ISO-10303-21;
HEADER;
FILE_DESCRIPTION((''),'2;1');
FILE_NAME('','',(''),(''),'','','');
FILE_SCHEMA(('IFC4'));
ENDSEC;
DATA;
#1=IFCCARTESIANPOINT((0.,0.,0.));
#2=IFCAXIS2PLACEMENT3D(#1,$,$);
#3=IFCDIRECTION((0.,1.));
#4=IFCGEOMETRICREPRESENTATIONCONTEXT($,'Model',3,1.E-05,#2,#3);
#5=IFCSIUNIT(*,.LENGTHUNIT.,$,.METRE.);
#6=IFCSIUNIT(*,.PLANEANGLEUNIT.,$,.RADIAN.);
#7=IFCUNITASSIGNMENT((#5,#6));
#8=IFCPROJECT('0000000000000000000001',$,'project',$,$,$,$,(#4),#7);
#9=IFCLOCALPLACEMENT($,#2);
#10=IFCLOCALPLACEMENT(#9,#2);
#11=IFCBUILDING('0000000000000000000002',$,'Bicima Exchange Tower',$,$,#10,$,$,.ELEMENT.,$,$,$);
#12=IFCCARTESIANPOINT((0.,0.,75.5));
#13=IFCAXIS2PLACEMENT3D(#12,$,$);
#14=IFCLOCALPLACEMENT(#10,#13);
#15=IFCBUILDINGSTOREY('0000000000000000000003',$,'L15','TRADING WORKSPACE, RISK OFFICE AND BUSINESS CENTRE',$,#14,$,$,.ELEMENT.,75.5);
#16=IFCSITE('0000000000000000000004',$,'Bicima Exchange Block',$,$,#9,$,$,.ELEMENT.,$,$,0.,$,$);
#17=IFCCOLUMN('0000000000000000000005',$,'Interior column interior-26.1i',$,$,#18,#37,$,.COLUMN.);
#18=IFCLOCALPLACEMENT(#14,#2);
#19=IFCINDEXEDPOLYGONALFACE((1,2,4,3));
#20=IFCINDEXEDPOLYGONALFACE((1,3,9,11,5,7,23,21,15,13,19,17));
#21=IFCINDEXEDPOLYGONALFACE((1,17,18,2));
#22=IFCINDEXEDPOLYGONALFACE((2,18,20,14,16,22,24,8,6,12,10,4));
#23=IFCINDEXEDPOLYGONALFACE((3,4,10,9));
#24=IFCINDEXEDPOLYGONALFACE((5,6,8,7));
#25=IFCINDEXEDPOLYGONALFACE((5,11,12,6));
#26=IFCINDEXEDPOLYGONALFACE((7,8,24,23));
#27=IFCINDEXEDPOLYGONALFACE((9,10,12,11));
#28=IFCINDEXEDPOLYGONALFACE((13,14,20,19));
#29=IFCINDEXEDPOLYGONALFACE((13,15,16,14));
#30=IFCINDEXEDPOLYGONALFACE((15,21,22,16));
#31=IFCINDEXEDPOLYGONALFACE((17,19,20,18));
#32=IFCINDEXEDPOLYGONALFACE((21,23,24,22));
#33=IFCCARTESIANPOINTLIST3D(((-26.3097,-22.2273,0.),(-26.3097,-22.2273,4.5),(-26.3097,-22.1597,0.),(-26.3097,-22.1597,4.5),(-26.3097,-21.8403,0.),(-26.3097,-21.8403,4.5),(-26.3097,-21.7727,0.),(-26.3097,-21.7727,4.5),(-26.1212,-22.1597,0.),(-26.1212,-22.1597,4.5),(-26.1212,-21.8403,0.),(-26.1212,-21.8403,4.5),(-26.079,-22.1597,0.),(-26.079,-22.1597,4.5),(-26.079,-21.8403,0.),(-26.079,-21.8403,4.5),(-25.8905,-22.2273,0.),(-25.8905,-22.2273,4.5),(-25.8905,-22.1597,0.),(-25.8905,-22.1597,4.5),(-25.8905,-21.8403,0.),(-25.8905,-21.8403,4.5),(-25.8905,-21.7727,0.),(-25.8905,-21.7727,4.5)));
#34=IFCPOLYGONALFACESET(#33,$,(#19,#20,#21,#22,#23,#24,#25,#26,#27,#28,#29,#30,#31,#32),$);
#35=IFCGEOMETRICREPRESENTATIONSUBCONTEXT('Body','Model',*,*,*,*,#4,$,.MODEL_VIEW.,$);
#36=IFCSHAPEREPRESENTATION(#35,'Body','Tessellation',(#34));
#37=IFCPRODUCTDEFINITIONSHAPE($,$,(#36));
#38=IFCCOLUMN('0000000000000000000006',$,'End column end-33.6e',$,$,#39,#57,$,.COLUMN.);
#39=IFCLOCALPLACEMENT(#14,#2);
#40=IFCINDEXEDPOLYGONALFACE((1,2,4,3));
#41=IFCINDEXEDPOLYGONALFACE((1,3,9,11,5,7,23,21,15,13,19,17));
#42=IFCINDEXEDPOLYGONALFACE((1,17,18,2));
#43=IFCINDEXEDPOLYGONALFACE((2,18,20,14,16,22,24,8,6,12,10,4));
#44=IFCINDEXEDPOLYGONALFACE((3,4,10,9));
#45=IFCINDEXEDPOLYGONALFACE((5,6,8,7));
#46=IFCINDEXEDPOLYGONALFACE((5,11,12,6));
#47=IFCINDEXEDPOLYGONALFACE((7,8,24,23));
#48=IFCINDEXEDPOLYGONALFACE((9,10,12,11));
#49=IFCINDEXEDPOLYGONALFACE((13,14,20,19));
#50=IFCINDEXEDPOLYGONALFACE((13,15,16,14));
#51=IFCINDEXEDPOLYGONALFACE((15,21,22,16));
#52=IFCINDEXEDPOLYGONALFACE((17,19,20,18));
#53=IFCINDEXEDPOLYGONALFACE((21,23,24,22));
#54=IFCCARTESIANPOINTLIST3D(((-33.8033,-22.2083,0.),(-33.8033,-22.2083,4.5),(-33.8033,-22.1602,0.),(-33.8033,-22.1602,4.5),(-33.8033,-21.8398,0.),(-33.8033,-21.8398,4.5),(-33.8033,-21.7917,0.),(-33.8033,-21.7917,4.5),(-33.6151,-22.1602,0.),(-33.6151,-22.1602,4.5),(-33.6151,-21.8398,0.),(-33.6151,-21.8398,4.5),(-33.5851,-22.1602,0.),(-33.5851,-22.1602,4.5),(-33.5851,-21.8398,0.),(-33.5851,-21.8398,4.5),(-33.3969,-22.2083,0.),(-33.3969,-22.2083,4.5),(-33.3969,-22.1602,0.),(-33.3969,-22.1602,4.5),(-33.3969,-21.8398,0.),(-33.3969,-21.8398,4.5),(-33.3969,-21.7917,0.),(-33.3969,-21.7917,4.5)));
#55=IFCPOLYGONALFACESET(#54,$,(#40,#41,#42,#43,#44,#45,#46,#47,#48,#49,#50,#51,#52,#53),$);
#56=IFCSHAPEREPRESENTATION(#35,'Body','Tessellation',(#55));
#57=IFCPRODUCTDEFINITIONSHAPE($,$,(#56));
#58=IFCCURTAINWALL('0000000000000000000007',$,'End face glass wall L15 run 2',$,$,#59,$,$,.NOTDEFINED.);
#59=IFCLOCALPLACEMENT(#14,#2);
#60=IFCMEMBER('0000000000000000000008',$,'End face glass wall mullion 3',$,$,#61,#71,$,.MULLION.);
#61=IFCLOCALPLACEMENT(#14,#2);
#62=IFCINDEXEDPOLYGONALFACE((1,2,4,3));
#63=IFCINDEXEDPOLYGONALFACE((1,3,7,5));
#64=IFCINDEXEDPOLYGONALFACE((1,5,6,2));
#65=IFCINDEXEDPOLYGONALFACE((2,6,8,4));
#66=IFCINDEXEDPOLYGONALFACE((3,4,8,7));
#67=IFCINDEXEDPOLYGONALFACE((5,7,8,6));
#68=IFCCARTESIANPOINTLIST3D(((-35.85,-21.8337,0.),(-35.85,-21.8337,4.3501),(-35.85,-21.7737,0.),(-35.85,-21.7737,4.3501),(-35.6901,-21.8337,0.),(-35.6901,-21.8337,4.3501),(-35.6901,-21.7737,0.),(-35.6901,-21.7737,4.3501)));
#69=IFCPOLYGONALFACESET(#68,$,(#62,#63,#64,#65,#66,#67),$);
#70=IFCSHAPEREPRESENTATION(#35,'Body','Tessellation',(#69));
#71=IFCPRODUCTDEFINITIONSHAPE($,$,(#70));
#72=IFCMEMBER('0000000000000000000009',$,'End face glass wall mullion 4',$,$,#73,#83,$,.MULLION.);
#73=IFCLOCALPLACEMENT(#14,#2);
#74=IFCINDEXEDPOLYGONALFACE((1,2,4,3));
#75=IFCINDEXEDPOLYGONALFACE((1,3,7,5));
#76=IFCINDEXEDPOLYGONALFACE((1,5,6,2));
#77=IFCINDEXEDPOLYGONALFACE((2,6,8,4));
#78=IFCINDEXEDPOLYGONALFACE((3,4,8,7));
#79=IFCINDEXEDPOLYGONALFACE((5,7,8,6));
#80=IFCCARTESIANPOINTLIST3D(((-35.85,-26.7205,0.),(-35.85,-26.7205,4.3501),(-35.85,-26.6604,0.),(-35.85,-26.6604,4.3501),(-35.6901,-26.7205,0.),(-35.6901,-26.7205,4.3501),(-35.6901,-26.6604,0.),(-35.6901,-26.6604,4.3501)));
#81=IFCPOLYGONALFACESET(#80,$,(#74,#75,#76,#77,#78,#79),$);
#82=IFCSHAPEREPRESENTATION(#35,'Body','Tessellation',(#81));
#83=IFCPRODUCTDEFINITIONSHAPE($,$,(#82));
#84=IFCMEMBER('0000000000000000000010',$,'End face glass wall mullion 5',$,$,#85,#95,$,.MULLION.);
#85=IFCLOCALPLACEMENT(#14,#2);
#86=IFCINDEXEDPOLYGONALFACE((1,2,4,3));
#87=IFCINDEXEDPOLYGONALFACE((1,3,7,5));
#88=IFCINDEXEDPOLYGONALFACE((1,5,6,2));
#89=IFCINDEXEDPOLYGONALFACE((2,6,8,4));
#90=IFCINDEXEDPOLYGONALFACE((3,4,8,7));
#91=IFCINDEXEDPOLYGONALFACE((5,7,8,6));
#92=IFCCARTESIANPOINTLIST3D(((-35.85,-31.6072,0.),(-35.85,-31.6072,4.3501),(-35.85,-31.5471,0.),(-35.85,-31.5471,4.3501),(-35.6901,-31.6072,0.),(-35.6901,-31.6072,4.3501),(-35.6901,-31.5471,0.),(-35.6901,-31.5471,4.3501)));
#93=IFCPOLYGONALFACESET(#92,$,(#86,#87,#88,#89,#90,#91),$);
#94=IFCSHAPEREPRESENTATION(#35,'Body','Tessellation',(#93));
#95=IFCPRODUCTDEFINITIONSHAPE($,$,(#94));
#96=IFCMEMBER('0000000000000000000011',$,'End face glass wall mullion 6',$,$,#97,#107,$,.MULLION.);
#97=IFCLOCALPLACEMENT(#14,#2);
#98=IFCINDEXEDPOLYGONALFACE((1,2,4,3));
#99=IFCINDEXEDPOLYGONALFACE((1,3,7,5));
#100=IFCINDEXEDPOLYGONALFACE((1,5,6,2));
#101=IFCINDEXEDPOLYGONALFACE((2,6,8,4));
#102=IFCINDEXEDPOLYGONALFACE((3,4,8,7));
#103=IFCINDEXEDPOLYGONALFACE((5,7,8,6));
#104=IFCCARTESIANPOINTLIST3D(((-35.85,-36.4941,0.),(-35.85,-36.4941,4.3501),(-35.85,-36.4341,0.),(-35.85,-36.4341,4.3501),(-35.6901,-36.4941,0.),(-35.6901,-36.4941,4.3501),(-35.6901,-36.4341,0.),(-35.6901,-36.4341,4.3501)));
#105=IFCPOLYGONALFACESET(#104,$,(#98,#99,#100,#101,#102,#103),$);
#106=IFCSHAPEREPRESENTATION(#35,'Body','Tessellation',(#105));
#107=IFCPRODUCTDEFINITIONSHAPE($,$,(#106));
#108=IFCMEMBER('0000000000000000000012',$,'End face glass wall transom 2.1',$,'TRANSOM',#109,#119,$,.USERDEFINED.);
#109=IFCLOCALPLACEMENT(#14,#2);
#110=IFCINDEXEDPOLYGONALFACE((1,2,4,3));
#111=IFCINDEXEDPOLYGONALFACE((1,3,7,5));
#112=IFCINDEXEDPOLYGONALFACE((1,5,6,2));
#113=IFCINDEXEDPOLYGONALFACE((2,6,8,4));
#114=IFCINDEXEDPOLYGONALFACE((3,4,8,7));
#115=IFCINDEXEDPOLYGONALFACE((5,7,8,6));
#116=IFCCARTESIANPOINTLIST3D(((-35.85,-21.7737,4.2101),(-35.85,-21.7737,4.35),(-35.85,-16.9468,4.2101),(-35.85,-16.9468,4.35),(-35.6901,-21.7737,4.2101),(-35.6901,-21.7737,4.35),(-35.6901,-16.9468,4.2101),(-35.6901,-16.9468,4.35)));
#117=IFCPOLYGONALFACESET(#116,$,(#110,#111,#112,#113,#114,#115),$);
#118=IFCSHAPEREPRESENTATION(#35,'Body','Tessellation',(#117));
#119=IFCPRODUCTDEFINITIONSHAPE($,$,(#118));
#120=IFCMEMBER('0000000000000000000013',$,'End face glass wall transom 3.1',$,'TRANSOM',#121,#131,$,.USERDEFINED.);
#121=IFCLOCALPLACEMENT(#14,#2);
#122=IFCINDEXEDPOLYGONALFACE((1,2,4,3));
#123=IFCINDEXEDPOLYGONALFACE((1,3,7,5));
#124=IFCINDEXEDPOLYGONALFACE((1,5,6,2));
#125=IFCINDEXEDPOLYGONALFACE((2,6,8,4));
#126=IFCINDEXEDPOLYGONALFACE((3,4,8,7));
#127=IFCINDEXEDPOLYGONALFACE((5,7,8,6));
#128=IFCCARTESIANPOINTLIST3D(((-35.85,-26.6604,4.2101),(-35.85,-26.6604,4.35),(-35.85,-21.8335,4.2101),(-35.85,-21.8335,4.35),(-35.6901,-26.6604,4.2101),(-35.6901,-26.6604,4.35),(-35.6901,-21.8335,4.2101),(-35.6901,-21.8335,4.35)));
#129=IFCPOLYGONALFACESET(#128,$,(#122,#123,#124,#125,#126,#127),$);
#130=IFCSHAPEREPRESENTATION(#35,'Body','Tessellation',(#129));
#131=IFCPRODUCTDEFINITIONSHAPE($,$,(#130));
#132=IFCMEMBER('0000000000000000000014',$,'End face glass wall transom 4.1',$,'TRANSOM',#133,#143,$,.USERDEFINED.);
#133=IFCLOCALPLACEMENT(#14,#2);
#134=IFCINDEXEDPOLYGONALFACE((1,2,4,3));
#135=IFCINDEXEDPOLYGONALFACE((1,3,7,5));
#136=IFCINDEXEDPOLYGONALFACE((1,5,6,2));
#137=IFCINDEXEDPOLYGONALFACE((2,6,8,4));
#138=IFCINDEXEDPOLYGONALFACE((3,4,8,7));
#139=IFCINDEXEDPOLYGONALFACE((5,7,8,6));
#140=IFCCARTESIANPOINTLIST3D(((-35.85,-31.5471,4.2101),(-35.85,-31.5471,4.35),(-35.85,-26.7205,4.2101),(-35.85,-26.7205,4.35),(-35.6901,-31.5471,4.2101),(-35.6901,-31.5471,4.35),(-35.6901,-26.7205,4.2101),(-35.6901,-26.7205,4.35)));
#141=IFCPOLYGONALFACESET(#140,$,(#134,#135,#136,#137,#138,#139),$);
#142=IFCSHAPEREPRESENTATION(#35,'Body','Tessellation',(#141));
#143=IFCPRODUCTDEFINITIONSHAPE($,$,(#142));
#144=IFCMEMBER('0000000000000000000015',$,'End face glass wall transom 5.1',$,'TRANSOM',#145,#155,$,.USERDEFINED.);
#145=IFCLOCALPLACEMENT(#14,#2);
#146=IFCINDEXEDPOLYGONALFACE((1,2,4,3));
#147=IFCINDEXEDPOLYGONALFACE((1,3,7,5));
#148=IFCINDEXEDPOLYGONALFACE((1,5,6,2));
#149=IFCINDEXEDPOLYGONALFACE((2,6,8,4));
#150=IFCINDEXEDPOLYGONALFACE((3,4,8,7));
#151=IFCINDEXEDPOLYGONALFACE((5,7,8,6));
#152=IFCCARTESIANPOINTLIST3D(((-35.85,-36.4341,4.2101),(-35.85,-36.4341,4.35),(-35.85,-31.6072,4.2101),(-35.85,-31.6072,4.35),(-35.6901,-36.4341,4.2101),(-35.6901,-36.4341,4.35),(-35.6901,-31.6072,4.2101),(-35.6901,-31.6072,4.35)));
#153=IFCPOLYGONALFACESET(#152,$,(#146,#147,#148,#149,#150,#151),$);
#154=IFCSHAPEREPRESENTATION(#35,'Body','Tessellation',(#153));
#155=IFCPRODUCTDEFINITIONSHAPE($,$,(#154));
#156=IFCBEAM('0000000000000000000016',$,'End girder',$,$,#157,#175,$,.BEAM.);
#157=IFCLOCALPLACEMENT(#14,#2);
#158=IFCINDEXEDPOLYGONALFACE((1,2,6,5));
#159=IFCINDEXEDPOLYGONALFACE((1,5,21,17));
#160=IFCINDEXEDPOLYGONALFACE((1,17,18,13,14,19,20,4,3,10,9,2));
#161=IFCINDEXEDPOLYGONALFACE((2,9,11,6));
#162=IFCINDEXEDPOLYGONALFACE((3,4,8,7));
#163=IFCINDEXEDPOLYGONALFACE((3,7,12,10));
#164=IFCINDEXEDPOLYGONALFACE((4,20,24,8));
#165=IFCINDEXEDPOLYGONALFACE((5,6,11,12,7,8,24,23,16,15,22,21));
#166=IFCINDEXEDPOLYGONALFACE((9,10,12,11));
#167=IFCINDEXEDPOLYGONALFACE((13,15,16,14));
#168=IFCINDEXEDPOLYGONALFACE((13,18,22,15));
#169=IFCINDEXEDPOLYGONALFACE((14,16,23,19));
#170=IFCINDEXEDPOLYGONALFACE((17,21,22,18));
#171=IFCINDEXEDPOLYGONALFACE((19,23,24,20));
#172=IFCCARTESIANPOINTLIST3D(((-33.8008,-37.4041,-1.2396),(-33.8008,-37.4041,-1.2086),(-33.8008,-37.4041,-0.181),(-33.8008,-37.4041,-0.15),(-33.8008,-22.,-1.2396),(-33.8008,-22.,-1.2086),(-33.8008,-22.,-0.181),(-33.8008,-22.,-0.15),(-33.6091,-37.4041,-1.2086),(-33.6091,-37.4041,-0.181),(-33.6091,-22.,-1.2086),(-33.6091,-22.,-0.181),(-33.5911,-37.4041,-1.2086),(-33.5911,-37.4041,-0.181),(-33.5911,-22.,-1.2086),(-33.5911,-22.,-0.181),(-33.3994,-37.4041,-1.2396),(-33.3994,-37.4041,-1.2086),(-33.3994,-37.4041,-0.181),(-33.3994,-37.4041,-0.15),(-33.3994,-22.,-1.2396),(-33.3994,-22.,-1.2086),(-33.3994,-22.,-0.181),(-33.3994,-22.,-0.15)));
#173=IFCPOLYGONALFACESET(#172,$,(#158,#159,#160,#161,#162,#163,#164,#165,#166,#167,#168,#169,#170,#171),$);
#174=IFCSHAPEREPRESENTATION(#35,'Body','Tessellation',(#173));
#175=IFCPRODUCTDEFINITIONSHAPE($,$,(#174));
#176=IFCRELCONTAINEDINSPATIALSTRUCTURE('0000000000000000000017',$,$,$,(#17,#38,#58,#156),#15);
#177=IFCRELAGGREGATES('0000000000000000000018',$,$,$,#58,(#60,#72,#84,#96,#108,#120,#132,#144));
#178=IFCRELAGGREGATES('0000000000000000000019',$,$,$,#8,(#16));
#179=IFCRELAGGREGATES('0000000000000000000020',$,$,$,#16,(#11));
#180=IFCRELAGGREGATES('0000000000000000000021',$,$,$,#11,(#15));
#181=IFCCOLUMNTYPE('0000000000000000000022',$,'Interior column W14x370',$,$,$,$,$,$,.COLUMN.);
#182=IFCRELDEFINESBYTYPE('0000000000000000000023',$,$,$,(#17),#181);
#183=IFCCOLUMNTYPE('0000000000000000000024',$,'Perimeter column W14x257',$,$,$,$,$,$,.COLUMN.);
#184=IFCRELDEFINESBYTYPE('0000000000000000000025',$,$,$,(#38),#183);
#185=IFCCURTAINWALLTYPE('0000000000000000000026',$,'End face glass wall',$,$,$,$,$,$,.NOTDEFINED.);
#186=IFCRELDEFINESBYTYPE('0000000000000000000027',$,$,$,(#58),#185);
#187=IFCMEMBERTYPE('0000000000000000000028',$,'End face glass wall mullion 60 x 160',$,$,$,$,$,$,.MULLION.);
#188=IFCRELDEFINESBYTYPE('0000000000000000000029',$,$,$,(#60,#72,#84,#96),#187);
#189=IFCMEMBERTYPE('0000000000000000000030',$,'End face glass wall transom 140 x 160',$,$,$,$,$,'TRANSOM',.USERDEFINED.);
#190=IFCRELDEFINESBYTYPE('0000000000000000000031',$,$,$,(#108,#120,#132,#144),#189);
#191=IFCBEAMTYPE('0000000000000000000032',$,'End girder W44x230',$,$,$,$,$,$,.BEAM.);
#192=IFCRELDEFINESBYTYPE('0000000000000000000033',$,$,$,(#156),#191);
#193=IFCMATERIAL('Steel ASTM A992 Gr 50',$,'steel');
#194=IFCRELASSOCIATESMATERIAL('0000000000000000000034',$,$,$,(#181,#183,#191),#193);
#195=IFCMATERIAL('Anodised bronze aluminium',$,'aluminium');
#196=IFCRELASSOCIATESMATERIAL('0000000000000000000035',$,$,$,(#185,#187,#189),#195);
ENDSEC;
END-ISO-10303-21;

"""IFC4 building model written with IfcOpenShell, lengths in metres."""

from ifc_helpers import new_model, si_unit, direction, frame, origin, origin_2d, place, context, subcontext, project, spatial, rectangle, i_section, extrude, material, material_profile, profile_set, type_object, element, aggregate, save


model = new_model("IFC4")

# Units and contexts
model_context = context("Model", 3, precision=1e-05, world=origin(), true_north=direction((0.0, 1.0)))
body_context = subcontext(model_context, "Body", "Model", "MODEL_VIEW")
ifc_project = project(units=[si_unit("LENGTHUNIT", "METRE"), si_unit("PLANEANGLEUNIT", "RADIAN")], contexts=[model_context])

# Site, building, storey
site_placement = place(None, origin())
site = spatial("IfcSite", under=ifc_project, at=site_placement, Name="Bicima Exchange Block", CompositionType="ELEMENT", RefElevation=0.0)
building_placement = place(site_placement, origin())
building = spatial("IfcBuilding", under=site, at=building_placement, Name="Bicima Exchange Tower", CompositionType="ELEMENT")
storey_placement = place(building_placement, frame((0.0, 0.0, 75.5)))
storey = spatial("IfcBuildingStorey", under=building, at=storey_placement, Name="L15", Description="TRADING WORKSPACE, RISK OFFICE AND BUSINESS CENTRE", CompositionType="ELEMENT", Elevation=75.5)

# Columns
ifc_material_1 = material(Name="Steel ASTM A992 Gr 50", Category="steel")
ifc_material_profile_1 = material_profile(ifc_material_1, i_section(OverallWidth=0.4192, OverallDepth=0.4546, WebThickness=0.0422, FlangeThickness=0.0676, at=origin_2d()))
ifc_profile_set_1 = profile_set([ifc_material_profile_1], Name="Steel ASTM A992 Gr 50")
column_type_1 = type_object("IfcColumnType", Name="Interior column W14x370", PredefinedType="COLUMN", material=ifc_profile_set_1)
column_1_placement = place(storey_placement, frame((-26.1001, -22.0, 0.0), z_axis=(0.0, 0.0, 1.0), x_axis=(1.0, 0.0, 0.0)))
element("IfcColumn", 1, at=column_1_placement, inside=storey, type_object=column_type_1, Name="Interior column interior-26.1i", PredefinedType="COLUMN", context=body_context, shape_type="SweptSolid", body=[
    extrude(i_section(OverallWidth=0.4192, OverallDepth=0.4546, WebThickness=0.0422, FlangeThickness=0.0676, at=origin_2d()), origin(), (0.0, 0.0, 1.0), 4.5),
])
ifc_material_profile_2 = material_profile(ifc_material_1, i_section(OverallWidth=0.4065, OverallDepth=0.4165, WebThickness=0.03, FlangeThickness=0.0481, at=origin_2d()))
ifc_profile_set_2 = profile_set([ifc_material_profile_2], Name="Steel ASTM A992 Gr 50")
column_type_2 = type_object("IfcColumnType", Name="Perimeter column W14x257", PredefinedType="COLUMN", material=ifc_profile_set_2)
column_2_placement = place(storey_placement, frame((-33.6001, -22.0, 0.0), z_axis=(0.0, 0.0, 1.0), x_axis=(1.0, 0.0, 0.0)))
element("IfcColumn", 2, at=column_2_placement, inside=storey, type_object=column_type_2, Name="End column end-33.6e", PredefinedType="COLUMN", context=body_context, shape_type="SweptSolid", body=[
    extrude(i_section(OverallWidth=0.4065, OverallDepth=0.4165, WebThickness=0.03, FlangeThickness=0.0481, at=origin_2d()), origin(), (0.0, 0.0, 1.0), 4.5),
])

# Curtain wall, members
ifc_material_2 = material(Name="Anodised bronze aluminium", Category="aluminium")
curtain_wall_type_1 = type_object("IfcCurtainWallType", Name="End face glass wall", PredefinedType="NOTDEFINED", material=ifc_material_2)
curtain_wall_1_placement = place(storey_placement, origin())
curtain_wall_1 = element("IfcCurtainWall", 3, at=curtain_wall_1_placement, inside=storey, type_object=curtain_wall_type_1, Name="End face glass wall L15 run 2", PredefinedType="NOTDEFINED")
ifc_material_profile_3 = material_profile(ifc_material_2, rectangle(XDim=0.1599, YDim=0.0601, at=origin_2d()))
ifc_profile_set_3 = profile_set([ifc_material_profile_3], Name="Anodised bronze aluminium")
member_type_1 = type_object("IfcMemberType", Name="End face glass wall mullion 60 x 160", PredefinedType="MULLION", material=ifc_profile_set_3)
member_1_placement = place(storey_placement, frame((-35.77, -21.8037, 0.0), z_axis=(0.0, 0.0, 1.0), x_axis=(1.0, 0.0, 0.0)))
member_1 = element("IfcMember", 4, at=member_1_placement, type_object=member_type_1, Name="End face glass wall mullion 3", PredefinedType="MULLION", context=body_context, shape_type="SweptSolid", body=[
    extrude(rectangle(XDim=0.1599, YDim=0.0601, at=origin_2d()), origin(), (0.0, 0.0, 1.0), 4.3501),
])
member_2_placement = place(storey_placement, frame((-35.77, -26.6904, 0.0), z_axis=(0.0, 0.0, 1.0), x_axis=(1.0, 0.0, 0.0)))
member_2 = element("IfcMember", 5, at=member_2_placement, type_object=member_type_1, Name="End face glass wall mullion 4", PredefinedType="MULLION", context=body_context, shape_type="SweptSolid", body=[
    extrude(rectangle(XDim=0.1599, YDim=0.0601, at=origin_2d()), origin(), (0.0, 0.0, 1.0), 4.3501),
])
member_3_placement = place(storey_placement, frame((-35.77, -31.5771, 0.0), z_axis=(0.0, 0.0, 1.0), x_axis=(1.0, 0.0, 0.0)))
member_3 = element("IfcMember", 6, at=member_3_placement, type_object=member_type_1, Name="End face glass wall mullion 5", PredefinedType="MULLION", context=body_context, shape_type="SweptSolid", body=[
    extrude(rectangle(XDim=0.1599, YDim=0.0601, at=origin_2d()), origin(), (0.0, 0.0, 1.0), 4.3501),
])
member_4_placement = place(storey_placement, frame((-35.77, -36.4641, 0.0), z_axis=(0.0, 0.0, 1.0), x_axis=(1.0, 0.0, 0.0)))
member_4 = element("IfcMember", 7, at=member_4_placement, type_object=member_type_1, Name="End face glass wall mullion 6", PredefinedType="MULLION", context=body_context, shape_type="SweptSolid", body=[
    extrude(rectangle(XDim=0.1599, YDim=0.0601, at=origin_2d()), origin(), (0.0, 0.0, 1.0), 4.3501),
])
ifc_material_profile_4 = material_profile(ifc_material_2, rectangle(XDim=0.1599, YDim=0.1399, at=origin_2d()))
ifc_profile_set_4 = profile_set([ifc_material_profile_4], Name="Anodised bronze aluminium")
member_type_2 = type_object("IfcMemberType", Name="End face glass wall transom 140 x 160", ElementType="TRANSOM", PredefinedType="USERDEFINED", material=ifc_profile_set_4)
member_5_placement = place(storey_placement, frame((-35.77, -16.9468, 4.28), z_axis=(0.0, -1.0, 0.0), x_axis=(1.0, 0.0, 0.0)))
member_5 = element("IfcMember", 8, at=member_5_placement, type_object=member_type_2, Name="End face glass wall transom 2.1", ObjectType="TRANSOM", PredefinedType="USERDEFINED", context=body_context, shape_type="SweptSolid", body=[
    extrude(rectangle(XDim=0.1599, YDim=0.1399, at=origin_2d()), origin(), (0.0, 0.0, 1.0), 4.8269),
])
member_6_placement = place(storey_placement, frame((-35.77, -21.8335, 4.28), z_axis=(0.0, -1.0, 0.0), x_axis=(1.0, 0.0, 0.0)))
member_6 = element("IfcMember", 9, at=member_6_placement, type_object=member_type_2, Name="End face glass wall transom 3.1", ObjectType="TRANSOM", PredefinedType="USERDEFINED", context=body_context, shape_type="SweptSolid", body=[
    extrude(rectangle(XDim=0.1599, YDim=0.1399, at=origin_2d()), origin(), (0.0, 0.0, 1.0), 4.8269),
])
member_7_placement = place(storey_placement, frame((-35.77, -26.7205, 4.28), z_axis=(0.0, -1.0, 0.0), x_axis=(1.0, 0.0, 0.0)))
member_7 = element("IfcMember", 10, at=member_7_placement, type_object=member_type_2, Name="End face glass wall transom 4.1", ObjectType="TRANSOM", PredefinedType="USERDEFINED", context=body_context, shape_type="SweptSolid", body=[
    extrude(rectangle(XDim=0.1599, YDim=0.1399, at=origin_2d()), origin(), (0.0, 0.0, 1.0), 4.8267),
])
member_8_placement = place(storey_placement, frame((-35.77, -31.6072, 4.28), z_axis=(0.0, -1.0, 0.0), x_axis=(1.0, 0.0, 0.0)))
member_8 = element("IfcMember", 11, at=member_8_placement, type_object=member_type_2, Name="End face glass wall transom 5.1", ObjectType="TRANSOM", PredefinedType="USERDEFINED", context=body_context, shape_type="SweptSolid", body=[
    extrude(rectangle(XDim=0.1599, YDim=0.1399, at=origin_2d()), origin(), (0.0, 0.0, 1.0), 4.8269),
])

# Beam
ifc_material_profile_5 = material_profile(ifc_material_1, i_section(OverallWidth=0.4014, OverallDepth=1.0896, WebThickness=0.0181, FlangeThickness=0.031, at=origin_2d()))
ifc_profile_set_5 = profile_set([ifc_material_profile_5], Name="Steel ASTM A992 Gr 50")
beam_type_1 = type_object("IfcBeamType", Name="End girder W44x230", PredefinedType="BEAM", material=ifc_profile_set_5)
beam_1_placement = place(storey_placement, frame((-33.6001, -22.0, -0.6948), z_axis=(0.0, -1.0, 0.0), x_axis=(1.0, 0.0, 0.0)))
element("IfcBeam", 12, at=beam_1_placement, inside=storey, type_object=beam_type_1, Name="End girder", PredefinedType="BEAM", context=body_context, shape_type="SweptSolid", body=[
    extrude(i_section(OverallWidth=0.4014, OverallDepth=1.0896, WebThickness=0.0181, FlangeThickness=0.031, at=origin_2d()), origin(), (0.0, 0.0, 1.0), 15.4041),
])

aggregate(curtain_wall_1, [member_1, member_2, member_3, member_4, member_5, member_6, member_7, member_8])

save(model, "model.ifc")
